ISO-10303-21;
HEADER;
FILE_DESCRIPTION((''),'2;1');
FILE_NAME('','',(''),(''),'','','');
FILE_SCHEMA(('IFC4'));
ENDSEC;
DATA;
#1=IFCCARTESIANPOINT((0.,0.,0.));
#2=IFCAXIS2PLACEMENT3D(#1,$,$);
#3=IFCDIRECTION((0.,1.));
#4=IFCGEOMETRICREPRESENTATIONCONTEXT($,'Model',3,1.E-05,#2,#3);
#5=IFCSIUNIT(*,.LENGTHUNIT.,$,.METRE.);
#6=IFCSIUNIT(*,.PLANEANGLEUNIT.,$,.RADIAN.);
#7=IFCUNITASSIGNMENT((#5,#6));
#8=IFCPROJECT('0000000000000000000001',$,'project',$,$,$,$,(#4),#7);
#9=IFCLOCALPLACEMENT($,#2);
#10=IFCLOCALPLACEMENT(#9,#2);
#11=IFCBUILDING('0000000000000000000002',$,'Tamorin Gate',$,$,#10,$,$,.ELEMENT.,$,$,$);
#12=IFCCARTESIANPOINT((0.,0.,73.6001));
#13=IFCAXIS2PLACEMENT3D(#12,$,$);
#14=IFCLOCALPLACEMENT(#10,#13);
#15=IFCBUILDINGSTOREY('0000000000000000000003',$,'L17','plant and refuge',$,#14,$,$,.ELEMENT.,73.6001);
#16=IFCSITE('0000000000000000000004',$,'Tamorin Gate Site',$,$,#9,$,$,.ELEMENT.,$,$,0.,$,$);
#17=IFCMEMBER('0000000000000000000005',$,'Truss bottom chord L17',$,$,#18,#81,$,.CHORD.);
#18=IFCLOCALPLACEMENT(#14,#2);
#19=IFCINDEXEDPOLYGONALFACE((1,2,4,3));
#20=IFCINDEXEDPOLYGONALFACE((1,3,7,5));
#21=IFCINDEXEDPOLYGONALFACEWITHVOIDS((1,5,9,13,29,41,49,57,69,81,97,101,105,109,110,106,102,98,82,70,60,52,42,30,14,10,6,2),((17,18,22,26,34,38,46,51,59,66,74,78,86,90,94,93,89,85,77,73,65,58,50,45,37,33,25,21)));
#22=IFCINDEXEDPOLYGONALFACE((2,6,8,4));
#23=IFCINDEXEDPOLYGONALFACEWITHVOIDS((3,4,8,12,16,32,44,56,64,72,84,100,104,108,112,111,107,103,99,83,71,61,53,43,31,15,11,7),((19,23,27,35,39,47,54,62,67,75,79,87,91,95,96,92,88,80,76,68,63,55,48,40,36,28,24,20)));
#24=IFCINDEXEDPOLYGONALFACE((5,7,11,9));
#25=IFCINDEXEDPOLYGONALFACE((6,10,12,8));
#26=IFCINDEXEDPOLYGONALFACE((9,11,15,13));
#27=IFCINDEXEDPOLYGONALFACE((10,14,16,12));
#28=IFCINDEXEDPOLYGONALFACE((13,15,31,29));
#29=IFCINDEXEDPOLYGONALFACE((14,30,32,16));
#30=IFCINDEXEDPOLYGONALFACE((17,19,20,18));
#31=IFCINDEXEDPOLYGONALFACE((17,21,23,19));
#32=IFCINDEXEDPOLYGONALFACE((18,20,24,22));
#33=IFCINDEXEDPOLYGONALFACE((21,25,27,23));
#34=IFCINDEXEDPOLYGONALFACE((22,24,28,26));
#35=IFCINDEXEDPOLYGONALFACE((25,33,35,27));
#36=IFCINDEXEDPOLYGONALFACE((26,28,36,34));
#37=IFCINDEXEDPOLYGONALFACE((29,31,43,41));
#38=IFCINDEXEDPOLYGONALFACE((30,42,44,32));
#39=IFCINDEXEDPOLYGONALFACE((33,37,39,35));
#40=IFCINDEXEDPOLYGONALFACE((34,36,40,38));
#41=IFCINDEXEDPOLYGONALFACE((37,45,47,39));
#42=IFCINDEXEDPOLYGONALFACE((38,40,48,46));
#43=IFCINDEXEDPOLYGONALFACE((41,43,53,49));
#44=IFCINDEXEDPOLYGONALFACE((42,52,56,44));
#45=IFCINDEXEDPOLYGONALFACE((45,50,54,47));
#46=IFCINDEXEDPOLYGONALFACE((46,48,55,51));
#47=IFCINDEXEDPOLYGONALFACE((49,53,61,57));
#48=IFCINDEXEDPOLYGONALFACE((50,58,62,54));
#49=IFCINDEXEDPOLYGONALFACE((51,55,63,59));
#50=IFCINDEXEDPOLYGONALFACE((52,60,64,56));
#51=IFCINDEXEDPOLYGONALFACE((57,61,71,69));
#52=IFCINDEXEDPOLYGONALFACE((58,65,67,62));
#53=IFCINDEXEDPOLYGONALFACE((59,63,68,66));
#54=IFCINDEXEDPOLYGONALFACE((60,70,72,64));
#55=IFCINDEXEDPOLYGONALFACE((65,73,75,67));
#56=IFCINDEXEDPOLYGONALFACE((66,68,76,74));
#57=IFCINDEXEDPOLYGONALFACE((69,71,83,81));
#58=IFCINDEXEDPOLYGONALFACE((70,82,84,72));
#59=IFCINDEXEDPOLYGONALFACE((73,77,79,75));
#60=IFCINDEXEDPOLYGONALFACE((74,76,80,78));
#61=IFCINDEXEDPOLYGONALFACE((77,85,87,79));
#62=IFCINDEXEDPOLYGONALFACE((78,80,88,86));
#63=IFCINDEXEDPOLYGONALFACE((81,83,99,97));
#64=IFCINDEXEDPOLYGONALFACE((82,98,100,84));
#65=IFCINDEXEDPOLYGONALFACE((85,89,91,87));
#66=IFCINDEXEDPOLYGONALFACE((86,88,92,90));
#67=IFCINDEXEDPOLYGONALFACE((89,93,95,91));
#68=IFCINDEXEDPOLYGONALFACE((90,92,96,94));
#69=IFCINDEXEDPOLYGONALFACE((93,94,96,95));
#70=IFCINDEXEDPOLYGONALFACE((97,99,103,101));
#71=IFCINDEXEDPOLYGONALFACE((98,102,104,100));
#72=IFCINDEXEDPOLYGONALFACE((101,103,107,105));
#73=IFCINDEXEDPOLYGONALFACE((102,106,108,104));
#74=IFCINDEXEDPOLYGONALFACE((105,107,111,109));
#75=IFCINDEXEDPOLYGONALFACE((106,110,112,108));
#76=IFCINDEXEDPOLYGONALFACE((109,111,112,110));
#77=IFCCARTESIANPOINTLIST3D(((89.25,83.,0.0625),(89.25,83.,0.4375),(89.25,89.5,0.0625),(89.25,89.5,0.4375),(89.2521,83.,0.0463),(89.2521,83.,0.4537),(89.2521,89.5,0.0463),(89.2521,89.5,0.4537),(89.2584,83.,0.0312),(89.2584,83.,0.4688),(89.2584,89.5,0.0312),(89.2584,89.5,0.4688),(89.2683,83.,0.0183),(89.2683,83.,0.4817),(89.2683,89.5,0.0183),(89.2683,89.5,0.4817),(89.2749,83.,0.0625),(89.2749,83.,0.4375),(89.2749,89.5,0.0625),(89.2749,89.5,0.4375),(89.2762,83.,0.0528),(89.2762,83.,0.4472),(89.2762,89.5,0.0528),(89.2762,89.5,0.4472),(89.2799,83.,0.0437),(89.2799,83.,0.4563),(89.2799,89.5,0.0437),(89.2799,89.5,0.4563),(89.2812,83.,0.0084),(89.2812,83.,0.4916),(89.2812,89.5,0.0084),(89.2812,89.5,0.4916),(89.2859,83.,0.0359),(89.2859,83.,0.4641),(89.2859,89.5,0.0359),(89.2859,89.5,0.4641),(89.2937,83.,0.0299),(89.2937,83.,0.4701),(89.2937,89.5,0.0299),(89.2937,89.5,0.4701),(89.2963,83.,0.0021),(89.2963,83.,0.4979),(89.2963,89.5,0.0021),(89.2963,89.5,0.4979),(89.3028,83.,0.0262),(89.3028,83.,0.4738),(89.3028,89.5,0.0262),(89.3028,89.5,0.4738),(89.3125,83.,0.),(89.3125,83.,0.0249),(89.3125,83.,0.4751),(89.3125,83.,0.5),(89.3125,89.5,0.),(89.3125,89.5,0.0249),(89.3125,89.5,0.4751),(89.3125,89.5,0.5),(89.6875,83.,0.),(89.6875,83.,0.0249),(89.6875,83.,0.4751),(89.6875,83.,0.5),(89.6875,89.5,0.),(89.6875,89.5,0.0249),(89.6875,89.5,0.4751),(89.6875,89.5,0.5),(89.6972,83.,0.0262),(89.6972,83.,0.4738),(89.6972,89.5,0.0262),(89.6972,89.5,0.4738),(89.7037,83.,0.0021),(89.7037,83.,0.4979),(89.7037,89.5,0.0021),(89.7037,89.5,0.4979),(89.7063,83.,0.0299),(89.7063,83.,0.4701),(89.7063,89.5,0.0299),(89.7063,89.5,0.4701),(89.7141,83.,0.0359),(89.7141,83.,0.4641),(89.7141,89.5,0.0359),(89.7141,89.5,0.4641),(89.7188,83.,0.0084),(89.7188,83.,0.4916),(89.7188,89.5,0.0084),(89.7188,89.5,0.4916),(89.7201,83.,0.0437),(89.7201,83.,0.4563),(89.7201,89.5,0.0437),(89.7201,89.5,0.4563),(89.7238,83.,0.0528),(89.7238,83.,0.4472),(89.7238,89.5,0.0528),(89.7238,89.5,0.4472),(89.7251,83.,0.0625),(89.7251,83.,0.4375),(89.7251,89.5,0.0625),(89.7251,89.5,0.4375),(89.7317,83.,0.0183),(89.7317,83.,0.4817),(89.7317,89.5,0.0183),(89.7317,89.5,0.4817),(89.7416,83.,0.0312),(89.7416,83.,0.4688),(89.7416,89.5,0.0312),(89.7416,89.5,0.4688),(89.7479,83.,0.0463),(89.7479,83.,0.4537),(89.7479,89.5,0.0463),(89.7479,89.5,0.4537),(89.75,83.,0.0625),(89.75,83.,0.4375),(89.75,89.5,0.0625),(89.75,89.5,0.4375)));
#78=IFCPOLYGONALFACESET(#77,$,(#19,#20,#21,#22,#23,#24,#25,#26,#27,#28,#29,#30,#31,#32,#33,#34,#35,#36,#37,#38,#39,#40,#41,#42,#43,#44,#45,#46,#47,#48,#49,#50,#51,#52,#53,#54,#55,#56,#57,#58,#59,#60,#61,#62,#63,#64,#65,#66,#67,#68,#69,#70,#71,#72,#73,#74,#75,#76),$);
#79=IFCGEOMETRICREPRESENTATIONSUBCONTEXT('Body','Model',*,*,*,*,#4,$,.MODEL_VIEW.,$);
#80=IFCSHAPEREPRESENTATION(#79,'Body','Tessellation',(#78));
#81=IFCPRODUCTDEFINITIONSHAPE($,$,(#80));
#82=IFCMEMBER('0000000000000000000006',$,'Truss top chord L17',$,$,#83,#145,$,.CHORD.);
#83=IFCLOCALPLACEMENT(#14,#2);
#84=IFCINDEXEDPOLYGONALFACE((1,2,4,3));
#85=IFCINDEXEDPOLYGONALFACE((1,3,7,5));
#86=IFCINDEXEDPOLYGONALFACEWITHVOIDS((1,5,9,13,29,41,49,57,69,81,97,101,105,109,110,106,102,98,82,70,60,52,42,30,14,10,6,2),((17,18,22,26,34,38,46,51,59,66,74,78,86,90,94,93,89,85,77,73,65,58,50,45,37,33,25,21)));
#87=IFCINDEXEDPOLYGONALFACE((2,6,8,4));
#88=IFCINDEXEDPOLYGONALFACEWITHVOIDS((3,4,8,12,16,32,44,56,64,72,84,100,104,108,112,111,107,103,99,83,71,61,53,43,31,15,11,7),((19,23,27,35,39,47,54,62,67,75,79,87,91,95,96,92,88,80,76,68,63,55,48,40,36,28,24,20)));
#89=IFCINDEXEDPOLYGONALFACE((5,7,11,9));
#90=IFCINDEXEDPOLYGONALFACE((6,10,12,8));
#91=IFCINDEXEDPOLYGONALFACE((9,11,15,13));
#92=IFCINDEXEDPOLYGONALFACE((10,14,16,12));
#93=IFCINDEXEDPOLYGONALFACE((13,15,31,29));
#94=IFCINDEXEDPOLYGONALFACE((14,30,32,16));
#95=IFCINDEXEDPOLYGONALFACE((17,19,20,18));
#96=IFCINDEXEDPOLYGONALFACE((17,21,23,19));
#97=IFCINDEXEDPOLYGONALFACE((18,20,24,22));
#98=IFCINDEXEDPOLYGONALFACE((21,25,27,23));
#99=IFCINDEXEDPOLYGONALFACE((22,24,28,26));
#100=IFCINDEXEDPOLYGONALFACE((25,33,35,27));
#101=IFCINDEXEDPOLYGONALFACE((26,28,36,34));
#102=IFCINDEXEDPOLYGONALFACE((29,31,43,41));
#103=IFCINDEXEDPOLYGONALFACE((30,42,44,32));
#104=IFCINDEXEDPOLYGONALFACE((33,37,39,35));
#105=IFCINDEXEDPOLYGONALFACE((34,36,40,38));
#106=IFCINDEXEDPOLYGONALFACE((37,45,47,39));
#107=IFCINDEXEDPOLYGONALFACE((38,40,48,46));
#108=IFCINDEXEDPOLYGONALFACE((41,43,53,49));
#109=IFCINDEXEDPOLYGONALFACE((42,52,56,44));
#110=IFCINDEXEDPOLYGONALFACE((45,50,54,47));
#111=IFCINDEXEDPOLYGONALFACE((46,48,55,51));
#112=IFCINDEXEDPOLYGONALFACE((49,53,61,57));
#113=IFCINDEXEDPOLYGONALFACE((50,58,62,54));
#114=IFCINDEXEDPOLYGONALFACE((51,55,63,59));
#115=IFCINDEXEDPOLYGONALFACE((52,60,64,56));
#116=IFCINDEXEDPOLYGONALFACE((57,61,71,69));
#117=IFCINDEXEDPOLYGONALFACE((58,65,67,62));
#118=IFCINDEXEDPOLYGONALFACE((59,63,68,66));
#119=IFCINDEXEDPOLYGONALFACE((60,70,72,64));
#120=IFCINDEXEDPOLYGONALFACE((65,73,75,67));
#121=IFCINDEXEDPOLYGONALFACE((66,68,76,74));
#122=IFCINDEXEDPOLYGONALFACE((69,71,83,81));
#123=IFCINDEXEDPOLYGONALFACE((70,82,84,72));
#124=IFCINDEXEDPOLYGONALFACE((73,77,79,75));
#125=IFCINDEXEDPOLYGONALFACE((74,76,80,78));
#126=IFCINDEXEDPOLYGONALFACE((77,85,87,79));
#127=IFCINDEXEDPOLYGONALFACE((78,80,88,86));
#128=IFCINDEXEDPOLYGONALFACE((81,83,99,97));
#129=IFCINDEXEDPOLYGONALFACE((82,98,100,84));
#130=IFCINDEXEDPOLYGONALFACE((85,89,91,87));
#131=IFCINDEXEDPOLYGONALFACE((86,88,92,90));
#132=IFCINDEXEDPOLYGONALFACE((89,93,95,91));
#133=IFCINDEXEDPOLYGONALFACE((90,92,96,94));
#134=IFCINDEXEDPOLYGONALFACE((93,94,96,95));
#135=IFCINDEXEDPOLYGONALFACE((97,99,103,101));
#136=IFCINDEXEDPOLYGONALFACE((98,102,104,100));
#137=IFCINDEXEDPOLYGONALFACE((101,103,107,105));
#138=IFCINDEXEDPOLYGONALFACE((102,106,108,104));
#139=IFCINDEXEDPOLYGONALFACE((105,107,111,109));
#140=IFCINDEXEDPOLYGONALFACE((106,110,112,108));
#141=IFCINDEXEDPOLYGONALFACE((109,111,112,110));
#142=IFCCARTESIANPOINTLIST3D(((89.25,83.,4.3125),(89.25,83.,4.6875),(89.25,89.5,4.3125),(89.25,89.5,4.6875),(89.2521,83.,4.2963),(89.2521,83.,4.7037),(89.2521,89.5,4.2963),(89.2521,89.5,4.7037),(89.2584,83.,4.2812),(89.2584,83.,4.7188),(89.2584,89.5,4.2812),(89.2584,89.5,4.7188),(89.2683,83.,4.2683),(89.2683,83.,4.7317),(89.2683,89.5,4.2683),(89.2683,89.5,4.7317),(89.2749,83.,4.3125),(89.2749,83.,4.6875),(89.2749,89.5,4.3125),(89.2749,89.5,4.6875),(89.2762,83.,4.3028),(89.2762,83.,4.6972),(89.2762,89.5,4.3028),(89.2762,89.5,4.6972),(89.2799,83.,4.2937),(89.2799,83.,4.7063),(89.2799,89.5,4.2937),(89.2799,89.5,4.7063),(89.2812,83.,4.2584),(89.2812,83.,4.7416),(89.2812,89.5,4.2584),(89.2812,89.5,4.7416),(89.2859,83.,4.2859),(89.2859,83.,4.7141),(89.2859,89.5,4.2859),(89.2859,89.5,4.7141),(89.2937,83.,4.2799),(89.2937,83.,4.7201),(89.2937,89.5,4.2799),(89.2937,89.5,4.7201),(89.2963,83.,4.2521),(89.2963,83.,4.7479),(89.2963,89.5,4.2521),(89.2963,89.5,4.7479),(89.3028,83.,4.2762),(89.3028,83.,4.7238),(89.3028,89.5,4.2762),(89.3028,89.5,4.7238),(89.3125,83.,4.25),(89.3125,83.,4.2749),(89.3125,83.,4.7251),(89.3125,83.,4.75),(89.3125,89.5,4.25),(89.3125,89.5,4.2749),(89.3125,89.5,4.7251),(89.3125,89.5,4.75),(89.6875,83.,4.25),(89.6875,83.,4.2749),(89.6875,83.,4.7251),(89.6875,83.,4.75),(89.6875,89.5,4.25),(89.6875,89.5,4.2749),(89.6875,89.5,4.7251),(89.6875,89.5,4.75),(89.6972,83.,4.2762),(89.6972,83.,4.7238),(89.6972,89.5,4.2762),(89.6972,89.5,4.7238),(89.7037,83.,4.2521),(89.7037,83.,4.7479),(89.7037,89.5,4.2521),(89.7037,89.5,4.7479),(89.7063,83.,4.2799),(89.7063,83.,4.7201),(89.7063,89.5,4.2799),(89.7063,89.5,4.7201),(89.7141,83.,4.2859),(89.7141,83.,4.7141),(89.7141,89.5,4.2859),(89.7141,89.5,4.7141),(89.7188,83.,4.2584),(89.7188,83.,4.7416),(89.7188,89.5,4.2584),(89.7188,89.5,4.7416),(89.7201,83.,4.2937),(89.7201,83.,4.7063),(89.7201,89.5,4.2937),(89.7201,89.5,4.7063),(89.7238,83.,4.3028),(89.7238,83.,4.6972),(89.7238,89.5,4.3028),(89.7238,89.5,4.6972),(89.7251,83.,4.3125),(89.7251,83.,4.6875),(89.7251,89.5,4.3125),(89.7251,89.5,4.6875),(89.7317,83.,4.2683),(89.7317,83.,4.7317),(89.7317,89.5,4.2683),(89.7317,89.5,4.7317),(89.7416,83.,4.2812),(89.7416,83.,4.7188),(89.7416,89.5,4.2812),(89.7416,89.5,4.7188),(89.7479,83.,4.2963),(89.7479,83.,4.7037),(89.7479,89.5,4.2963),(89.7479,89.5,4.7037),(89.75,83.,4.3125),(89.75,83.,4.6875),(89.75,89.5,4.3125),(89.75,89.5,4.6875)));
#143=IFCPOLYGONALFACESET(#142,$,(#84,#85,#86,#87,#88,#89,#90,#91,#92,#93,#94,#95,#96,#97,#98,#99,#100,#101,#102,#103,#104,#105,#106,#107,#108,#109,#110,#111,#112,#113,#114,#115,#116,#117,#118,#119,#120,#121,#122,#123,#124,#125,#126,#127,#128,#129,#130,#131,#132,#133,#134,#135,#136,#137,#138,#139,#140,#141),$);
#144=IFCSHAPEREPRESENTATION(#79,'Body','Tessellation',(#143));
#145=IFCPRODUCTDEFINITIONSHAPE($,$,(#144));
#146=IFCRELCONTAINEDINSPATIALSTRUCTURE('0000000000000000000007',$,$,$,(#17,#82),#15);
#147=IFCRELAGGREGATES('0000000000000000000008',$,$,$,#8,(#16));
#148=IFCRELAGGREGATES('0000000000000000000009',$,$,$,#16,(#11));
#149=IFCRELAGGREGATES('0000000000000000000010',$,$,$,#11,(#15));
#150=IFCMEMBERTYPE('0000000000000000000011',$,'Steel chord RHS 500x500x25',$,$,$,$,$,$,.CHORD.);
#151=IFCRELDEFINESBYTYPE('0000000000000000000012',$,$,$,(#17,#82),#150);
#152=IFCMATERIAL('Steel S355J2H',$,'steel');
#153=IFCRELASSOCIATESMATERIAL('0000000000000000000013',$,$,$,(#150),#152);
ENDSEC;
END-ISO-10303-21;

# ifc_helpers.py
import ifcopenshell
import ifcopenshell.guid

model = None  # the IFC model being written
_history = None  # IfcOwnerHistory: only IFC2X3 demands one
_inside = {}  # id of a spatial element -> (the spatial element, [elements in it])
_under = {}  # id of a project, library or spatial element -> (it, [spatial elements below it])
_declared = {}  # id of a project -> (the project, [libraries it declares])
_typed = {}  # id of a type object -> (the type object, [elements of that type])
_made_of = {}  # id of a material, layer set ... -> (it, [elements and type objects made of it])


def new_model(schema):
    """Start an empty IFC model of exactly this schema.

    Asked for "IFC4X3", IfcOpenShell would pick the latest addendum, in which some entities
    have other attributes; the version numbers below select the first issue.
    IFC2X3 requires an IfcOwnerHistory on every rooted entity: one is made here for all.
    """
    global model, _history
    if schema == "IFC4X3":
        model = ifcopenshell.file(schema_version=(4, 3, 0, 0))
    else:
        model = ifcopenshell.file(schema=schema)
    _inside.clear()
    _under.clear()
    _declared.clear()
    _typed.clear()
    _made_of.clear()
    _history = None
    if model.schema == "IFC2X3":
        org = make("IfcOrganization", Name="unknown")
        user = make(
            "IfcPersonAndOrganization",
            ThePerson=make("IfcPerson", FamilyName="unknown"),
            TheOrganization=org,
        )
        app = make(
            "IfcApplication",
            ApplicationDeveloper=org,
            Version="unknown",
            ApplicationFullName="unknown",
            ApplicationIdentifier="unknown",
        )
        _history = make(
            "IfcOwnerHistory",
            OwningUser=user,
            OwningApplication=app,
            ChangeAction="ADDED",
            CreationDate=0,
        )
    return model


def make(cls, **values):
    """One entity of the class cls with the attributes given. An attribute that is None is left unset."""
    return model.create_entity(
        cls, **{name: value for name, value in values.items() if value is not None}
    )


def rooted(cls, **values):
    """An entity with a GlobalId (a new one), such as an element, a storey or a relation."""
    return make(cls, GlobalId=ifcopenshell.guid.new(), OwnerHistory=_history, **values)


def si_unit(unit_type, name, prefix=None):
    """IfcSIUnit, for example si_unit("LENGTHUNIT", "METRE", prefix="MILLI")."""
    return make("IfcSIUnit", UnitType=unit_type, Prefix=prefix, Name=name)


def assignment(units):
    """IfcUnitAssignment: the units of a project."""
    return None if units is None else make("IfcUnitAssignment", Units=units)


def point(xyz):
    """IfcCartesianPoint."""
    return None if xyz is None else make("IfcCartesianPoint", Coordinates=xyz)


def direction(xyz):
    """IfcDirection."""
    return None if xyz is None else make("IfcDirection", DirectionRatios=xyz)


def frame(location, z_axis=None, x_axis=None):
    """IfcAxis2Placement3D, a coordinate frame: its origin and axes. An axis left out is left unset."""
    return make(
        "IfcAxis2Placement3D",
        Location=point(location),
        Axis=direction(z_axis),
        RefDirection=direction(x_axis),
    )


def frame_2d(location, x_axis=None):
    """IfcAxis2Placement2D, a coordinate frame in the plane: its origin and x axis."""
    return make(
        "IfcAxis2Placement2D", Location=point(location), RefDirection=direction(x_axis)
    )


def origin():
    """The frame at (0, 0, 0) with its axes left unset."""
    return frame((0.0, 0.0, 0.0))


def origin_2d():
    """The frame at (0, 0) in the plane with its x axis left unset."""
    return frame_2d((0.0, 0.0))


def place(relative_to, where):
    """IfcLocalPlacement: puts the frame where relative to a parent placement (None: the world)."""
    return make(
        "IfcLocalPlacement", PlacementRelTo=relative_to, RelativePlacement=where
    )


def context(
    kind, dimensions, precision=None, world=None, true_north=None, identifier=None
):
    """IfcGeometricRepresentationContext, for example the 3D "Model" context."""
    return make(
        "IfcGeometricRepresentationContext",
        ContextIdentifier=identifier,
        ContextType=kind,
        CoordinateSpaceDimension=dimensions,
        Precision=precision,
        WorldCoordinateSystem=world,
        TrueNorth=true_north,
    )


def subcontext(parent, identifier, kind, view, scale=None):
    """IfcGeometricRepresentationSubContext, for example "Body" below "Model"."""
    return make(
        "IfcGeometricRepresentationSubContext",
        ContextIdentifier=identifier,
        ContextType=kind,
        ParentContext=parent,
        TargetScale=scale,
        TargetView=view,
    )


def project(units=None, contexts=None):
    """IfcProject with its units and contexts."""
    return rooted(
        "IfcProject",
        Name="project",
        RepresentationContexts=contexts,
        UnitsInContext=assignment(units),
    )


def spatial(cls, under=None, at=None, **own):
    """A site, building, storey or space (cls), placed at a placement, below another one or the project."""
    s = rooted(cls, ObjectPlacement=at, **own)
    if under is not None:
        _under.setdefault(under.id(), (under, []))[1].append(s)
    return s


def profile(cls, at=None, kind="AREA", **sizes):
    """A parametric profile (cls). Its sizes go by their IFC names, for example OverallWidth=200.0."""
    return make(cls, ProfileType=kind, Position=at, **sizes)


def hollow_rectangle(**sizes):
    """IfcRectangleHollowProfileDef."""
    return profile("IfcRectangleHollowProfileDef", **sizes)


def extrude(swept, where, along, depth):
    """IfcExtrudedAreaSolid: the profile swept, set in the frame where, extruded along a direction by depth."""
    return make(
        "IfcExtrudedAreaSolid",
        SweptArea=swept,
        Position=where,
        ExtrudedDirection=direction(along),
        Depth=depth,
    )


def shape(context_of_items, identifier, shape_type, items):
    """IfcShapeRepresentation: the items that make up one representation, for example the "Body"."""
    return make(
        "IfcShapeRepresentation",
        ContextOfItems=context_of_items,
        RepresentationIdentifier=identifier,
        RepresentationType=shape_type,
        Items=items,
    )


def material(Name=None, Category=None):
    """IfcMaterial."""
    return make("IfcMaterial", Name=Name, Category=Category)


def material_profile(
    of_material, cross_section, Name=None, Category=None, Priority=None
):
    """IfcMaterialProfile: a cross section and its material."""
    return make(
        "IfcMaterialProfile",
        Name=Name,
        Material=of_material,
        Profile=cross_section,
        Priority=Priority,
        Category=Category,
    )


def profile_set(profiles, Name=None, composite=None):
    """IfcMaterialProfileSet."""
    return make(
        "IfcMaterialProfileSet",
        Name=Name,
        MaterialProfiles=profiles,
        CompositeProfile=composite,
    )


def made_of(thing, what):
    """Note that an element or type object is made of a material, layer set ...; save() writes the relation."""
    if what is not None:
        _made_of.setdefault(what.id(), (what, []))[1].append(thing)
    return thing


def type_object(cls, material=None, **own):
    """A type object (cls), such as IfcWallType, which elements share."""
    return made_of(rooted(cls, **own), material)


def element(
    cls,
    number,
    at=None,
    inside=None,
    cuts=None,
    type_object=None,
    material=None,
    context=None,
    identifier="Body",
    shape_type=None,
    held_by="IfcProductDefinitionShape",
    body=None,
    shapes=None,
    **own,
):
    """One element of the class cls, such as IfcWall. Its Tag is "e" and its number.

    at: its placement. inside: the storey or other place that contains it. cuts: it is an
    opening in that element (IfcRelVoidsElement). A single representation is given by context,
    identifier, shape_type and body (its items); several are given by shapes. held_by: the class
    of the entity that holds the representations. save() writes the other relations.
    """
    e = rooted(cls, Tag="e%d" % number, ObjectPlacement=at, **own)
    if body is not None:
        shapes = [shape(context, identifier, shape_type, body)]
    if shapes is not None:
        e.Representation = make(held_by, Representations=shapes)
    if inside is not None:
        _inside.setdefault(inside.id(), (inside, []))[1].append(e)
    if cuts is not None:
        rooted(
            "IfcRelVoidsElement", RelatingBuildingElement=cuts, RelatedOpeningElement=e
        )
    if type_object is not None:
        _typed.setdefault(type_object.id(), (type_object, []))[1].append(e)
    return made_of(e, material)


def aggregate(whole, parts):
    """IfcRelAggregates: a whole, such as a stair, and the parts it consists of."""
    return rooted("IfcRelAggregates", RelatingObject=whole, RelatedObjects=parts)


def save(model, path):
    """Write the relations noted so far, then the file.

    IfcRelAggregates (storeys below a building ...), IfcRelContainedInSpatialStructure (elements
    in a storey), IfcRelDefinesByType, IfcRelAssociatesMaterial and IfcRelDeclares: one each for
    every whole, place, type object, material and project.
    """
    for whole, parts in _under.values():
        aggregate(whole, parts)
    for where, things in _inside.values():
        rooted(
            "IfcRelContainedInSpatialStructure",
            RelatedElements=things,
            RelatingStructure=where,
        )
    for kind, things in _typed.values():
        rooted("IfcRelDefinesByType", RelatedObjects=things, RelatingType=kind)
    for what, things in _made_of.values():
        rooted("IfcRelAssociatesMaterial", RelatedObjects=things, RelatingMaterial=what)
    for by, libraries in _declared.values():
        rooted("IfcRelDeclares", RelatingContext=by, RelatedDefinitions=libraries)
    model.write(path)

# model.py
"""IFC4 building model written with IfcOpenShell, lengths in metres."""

from ifc_helpers import new_model, si_unit, direction, frame, origin, origin_2d, place, context, subcontext, project, spatial, hollow_rectangle, extrude, material, material_profile, profile_set, type_object, element, save


model = new_model("IFC4")

# Units and contexts
model_context = context("Model", 3, precision=1e-05, world=origin(), true_north=direction((0.0, 1.0)))
body_context = subcontext(model_context, "Body", "Model", "MODEL_VIEW")
ifc_project = project(units=[si_unit("LENGTHUNIT", "METRE"), si_unit("PLANEANGLEUNIT", "RADIAN")], contexts=[model_context])

# Site, building, storey
site_placement = place(None, origin())
site = spatial("IfcSite", under=ifc_project, at=site_placement, Name="Tamorin Gate Site", CompositionType="ELEMENT", RefElevation=0.0)
building_placement = place(site_placement, origin())
building = spatial("IfcBuilding", under=site, at=building_placement, Name="Tamorin Gate", CompositionType="ELEMENT")
storey_placement = place(building_placement, frame((0.0, 0.0, 73.6001)))
storey = spatial("IfcBuildingStorey", under=building, at=storey_placement, Name="L17", Description="plant and refuge", CompositionType="ELEMENT", Elevation=73.6001)

# Members
ifc_material_1 = material(Name="Steel S355J2H", Category="steel")
ifc_material_profile_1 = material_profile(ifc_material_1, hollow_rectangle(XDim=0.5, YDim=0.5, WallThickness=0.0249, InnerFilletRadius=0.0376, OuterFilletRadius=0.0625, at=origin_2d()), Name="RHS 500x500x25")
ifc_profile_set_1 = profile_set([ifc_material_profile_1], Name="Steel S355J2H")
member_type_1 = type_object("IfcMemberType", Name="Steel chord RHS 500x500x25", PredefinedType="CHORD", material=ifc_profile_set_1)
for number, where, z_axis, x_axis, name in (
    (1, (89.5, 83.0, 0.25), (0.0, 1.0, 0.0), (-1.0, 0.0, 0.0), "Truss bottom chord L17"),
    (2, (89.5, 83.0, 4.5), (0.0, 1.0, 0.0), (-1.0, 0.0, 0.0), "Truss top chord L17"),
):
    element("IfcMember", number, at=place(storey_placement, frame(where, z_axis=z_axis, x_axis=x_axis)), inside=storey, type_object=member_type_1, Name=name, PredefinedType="CHORD", context=body_context, shape_type="SweptSolid", body=[
        extrude(hollow_rectangle(XDim=0.5, YDim=0.5, WallThickness=0.0249, InnerFilletRadius=0.0376, OuterFilletRadius=0.0625, at=origin_2d()), origin(), (0.0, 0.0, 1.0), 6.5),
    ])

save(model, "model.ifc")
